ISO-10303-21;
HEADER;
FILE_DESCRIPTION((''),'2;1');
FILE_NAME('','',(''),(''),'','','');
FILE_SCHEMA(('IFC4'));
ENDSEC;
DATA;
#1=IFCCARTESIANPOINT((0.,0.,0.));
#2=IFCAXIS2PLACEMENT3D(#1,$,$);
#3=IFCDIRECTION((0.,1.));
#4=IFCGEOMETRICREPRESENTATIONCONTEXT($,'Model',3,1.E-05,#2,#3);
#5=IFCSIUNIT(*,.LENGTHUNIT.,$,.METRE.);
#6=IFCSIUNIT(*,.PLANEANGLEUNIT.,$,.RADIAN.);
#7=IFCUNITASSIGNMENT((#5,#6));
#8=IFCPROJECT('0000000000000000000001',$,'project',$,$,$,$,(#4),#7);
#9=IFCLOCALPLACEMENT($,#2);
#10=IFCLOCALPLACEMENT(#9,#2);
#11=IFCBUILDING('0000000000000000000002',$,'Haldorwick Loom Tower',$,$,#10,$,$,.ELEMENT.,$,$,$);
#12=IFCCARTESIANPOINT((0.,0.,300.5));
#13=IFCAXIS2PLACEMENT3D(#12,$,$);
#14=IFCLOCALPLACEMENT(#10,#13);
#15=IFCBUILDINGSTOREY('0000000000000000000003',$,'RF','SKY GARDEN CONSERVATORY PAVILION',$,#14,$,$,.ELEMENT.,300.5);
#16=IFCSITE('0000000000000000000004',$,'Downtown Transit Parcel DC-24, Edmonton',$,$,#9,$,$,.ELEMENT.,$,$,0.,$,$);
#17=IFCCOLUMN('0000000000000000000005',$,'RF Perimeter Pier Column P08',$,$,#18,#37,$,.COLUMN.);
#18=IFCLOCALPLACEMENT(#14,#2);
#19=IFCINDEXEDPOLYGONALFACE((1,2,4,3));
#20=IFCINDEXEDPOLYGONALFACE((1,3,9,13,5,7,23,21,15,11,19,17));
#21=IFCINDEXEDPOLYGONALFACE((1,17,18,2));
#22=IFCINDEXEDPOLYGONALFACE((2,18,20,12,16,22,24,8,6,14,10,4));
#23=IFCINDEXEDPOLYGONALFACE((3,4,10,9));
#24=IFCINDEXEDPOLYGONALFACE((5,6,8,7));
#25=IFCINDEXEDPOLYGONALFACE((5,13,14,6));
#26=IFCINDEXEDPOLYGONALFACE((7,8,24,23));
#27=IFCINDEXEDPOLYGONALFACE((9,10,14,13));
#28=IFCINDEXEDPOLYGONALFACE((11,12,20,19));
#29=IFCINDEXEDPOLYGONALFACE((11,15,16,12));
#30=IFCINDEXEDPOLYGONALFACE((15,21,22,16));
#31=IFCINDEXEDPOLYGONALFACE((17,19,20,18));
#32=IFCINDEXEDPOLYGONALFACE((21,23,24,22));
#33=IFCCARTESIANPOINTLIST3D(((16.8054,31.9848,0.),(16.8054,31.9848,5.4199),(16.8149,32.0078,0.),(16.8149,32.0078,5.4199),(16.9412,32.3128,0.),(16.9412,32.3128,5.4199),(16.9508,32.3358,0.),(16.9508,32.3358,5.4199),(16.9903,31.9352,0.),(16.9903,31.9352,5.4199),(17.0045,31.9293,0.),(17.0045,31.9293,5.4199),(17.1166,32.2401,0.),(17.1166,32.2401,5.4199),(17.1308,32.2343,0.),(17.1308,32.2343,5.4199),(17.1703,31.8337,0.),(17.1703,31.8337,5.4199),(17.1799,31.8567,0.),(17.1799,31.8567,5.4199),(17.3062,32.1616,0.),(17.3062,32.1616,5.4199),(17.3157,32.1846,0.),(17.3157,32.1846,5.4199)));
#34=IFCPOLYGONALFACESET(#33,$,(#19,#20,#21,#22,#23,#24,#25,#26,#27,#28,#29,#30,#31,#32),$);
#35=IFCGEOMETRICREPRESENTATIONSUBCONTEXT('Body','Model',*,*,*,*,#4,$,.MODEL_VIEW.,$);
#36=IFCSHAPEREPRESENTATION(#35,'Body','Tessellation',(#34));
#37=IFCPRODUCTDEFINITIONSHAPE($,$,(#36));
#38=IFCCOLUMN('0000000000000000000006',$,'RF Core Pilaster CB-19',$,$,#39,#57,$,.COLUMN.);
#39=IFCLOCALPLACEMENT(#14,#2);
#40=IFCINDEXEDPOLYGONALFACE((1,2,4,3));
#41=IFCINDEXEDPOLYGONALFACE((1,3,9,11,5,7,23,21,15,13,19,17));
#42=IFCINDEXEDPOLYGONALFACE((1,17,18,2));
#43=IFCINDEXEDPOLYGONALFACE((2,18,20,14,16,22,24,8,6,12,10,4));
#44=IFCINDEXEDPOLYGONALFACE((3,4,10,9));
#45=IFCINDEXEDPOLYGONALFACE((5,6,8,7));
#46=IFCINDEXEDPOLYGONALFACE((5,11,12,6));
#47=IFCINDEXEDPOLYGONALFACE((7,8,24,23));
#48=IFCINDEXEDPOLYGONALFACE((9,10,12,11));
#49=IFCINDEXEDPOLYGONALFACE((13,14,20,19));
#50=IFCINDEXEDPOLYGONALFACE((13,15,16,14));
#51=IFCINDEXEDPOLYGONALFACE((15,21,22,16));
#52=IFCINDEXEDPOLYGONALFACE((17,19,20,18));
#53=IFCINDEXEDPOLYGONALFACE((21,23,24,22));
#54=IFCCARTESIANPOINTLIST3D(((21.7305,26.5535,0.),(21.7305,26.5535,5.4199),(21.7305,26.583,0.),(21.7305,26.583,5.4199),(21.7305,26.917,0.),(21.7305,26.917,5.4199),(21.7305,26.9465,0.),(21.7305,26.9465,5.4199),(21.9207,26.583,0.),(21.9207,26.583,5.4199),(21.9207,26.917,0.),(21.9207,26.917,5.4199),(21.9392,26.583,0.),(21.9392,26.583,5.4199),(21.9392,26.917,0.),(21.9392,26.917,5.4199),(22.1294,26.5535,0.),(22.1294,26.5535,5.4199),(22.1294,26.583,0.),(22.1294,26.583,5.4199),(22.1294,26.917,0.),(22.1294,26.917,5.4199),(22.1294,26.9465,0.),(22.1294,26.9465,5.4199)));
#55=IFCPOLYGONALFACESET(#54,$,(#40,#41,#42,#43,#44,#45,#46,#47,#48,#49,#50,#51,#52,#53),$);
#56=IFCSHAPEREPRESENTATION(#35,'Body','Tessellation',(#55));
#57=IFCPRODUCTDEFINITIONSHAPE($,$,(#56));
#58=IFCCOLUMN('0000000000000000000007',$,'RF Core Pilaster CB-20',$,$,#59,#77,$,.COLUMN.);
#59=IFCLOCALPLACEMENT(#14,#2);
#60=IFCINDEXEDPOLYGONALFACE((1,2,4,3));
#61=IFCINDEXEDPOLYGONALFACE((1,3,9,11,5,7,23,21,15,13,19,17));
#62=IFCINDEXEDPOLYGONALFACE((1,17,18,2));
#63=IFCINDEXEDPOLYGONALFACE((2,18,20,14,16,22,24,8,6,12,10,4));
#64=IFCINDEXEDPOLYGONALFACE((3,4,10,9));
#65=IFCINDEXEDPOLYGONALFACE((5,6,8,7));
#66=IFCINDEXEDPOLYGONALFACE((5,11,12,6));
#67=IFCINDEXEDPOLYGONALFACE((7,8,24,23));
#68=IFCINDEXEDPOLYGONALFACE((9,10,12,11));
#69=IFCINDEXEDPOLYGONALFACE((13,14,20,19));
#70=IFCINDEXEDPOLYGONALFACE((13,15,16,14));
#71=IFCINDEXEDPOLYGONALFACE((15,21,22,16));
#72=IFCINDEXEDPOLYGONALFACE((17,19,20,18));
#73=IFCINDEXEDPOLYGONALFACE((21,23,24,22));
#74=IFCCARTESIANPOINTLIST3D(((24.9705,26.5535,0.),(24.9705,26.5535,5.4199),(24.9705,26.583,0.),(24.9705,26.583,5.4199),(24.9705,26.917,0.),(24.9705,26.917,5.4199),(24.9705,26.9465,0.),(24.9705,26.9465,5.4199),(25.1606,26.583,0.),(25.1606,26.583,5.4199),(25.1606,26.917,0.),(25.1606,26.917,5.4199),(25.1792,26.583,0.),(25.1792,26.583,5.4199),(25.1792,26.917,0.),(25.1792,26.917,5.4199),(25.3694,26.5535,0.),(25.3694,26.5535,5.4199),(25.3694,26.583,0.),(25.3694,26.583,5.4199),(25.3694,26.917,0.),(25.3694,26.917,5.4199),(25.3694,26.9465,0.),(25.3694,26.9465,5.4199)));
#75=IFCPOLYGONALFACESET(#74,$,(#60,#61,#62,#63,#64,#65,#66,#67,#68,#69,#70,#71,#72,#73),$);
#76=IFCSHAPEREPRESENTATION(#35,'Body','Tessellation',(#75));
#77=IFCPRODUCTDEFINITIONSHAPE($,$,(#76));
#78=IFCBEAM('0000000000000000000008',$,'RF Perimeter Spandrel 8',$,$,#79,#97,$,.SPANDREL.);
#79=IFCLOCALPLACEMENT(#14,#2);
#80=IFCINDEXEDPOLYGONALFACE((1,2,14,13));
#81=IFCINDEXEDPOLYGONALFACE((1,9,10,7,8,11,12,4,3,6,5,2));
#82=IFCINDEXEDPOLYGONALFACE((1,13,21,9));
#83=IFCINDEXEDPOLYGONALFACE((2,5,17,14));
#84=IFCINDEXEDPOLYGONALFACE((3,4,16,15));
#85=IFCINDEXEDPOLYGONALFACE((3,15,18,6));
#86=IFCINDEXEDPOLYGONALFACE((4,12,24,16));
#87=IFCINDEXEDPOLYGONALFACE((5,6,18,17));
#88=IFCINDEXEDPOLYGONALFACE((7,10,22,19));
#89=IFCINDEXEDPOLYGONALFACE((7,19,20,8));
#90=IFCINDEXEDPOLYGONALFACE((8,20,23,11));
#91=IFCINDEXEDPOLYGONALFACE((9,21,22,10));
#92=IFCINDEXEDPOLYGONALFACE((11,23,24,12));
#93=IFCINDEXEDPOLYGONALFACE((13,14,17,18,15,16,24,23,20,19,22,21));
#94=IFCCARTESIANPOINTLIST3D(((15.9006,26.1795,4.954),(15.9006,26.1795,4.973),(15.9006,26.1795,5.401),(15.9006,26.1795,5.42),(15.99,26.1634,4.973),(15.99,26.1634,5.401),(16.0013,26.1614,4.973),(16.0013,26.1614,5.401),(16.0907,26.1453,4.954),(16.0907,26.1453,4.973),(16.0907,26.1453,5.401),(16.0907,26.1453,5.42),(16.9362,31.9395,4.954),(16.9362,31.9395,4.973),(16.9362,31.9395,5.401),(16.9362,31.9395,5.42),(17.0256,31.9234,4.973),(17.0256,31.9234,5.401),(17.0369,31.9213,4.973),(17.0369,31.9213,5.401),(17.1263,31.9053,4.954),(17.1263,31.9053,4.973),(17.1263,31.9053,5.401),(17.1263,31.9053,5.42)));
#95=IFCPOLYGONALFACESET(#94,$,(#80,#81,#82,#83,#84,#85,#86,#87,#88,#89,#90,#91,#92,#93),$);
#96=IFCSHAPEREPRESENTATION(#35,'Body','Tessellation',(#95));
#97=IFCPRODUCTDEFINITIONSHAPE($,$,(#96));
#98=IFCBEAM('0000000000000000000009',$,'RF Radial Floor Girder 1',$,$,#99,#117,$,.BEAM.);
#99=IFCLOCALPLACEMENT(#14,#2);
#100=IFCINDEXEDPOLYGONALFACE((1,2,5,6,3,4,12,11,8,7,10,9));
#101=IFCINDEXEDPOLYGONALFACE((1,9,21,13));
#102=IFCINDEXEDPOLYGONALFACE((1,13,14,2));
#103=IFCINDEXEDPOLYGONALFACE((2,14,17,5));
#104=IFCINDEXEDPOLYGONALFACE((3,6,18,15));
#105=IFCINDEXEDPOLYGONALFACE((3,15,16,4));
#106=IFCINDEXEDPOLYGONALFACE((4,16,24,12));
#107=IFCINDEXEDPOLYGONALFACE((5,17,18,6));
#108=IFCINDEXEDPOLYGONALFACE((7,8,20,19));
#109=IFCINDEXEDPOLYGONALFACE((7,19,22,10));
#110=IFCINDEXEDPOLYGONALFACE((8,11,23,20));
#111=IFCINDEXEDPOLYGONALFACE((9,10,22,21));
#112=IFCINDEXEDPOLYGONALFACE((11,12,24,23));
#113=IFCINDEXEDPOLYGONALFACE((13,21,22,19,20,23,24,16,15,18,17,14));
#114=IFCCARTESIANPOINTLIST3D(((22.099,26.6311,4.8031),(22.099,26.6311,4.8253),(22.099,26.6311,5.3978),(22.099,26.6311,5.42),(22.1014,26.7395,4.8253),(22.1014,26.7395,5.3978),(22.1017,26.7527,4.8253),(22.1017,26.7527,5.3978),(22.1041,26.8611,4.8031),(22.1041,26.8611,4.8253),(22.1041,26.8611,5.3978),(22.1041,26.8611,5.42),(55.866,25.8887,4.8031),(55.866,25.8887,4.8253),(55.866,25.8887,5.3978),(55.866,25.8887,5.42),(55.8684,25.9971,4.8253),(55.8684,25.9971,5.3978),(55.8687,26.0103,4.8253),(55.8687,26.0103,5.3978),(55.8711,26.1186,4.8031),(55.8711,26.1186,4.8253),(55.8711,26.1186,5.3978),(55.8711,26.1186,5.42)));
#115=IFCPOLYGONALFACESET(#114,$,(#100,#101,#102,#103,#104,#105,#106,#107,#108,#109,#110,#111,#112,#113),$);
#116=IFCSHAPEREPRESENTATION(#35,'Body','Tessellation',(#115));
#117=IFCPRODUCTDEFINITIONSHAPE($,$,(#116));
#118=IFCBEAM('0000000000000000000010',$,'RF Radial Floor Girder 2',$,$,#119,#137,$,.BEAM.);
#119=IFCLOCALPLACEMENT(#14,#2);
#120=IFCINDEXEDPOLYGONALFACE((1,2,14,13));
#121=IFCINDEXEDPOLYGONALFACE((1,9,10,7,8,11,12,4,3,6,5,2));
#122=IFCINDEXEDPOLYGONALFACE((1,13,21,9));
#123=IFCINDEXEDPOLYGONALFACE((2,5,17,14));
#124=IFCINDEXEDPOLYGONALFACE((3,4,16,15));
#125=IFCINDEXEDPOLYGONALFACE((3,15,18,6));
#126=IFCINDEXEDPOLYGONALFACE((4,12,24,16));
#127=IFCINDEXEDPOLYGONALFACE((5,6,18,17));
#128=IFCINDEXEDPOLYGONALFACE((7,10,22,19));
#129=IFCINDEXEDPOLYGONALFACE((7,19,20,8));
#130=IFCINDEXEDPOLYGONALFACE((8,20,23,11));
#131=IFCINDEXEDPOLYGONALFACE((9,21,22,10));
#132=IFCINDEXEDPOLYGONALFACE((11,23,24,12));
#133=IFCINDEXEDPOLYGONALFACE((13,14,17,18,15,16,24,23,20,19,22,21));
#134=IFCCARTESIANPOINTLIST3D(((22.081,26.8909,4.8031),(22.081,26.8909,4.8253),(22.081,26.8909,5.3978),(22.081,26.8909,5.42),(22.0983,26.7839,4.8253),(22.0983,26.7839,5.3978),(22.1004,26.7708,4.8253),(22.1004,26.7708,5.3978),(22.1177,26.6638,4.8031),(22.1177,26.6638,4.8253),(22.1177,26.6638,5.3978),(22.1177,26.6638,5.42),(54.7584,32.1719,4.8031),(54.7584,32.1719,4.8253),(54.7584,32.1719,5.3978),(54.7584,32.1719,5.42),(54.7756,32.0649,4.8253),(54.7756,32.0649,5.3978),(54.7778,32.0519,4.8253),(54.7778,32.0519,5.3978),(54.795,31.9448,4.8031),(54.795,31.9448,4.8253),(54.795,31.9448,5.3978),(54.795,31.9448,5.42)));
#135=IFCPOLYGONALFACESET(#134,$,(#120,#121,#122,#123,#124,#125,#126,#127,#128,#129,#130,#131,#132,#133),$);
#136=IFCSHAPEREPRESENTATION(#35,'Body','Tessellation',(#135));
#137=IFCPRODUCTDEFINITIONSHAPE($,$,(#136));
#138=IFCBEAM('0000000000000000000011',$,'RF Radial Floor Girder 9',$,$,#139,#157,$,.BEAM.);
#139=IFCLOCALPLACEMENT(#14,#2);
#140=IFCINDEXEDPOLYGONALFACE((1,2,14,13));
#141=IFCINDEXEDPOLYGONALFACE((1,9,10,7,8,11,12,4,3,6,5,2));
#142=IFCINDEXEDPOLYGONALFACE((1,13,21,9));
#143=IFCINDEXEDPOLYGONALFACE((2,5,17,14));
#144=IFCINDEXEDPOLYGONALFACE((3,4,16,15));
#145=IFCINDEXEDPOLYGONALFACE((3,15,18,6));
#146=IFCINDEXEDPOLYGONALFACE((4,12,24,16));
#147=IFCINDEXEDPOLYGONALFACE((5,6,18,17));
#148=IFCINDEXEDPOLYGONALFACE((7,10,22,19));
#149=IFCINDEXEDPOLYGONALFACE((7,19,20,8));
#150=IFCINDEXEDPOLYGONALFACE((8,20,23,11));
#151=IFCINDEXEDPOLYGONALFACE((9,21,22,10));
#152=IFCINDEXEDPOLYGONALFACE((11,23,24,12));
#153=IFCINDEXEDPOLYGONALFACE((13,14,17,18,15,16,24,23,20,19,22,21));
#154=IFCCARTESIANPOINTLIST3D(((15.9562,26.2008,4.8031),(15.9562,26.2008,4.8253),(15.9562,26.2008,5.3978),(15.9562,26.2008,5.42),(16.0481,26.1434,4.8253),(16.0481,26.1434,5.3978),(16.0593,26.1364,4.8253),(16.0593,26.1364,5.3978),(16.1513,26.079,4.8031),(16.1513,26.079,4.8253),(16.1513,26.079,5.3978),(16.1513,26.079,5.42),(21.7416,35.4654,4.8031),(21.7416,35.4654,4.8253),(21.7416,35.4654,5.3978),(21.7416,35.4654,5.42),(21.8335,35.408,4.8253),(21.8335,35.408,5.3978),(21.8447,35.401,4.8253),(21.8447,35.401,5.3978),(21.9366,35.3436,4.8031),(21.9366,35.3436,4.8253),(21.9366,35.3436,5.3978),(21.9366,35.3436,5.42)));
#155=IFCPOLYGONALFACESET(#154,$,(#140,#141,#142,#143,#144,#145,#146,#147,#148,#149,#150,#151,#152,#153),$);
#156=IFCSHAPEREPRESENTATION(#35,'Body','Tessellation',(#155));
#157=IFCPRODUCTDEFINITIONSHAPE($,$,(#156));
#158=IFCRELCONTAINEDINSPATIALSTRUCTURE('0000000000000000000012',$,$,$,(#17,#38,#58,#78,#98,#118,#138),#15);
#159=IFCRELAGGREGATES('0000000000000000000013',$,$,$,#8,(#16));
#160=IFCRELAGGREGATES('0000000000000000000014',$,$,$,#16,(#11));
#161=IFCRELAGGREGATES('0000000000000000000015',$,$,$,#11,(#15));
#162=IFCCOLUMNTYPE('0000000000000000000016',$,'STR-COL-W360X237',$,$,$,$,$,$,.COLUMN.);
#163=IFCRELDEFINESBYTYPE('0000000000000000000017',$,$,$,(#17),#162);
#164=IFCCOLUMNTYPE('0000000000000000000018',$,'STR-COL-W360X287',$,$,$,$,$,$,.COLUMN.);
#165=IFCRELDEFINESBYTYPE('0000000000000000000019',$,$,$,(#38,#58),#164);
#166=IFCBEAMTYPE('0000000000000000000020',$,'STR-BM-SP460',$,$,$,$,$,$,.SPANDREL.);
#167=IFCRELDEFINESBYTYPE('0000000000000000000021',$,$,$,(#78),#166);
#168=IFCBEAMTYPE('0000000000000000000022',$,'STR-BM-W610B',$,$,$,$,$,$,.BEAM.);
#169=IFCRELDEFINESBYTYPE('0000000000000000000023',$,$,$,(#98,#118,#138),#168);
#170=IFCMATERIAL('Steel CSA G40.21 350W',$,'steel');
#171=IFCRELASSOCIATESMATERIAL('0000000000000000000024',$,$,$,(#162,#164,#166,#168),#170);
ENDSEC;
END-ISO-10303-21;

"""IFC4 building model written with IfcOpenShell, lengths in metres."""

from ifc_helpers import new_model, si_unit, direction, frame, origin, origin_2d, place, context, subcontext, project, spatial, i_section, extrude, material, material_profile, profile_set, type_object, element, save


model = new_model("IFC4")

# Units and contexts
model_context = context("Model", 3, precision=1e-05, world=origin(), true_north=direction((0.0, 1.0)))
body_context = subcontext(model_context, "Body", "Model", "MODEL_VIEW")
ifc_project = project(units=[si_unit("LENGTHUNIT", "METRE"), si_unit("PLANEANGLEUNIT", "RADIAN")], contexts=[model_context])

# Site, building, storey
site_placement = place(None, origin())
site = spatial("IfcSite", under=ifc_project, at=site_placement, Name="Downtown Transit Parcel DC-24, Edmonton", CompositionType="ELEMENT", RefElevation=0.0)
building_placement = place(site_placement, origin())
building = spatial("IfcBuilding", under=site, at=building_placement, Name="Haldorwick Loom Tower", CompositionType="ELEMENT")
storey_placement = place(building_placement, frame((0.0, 0.0, 300.5)))
storey = spatial("IfcBuildingStorey", under=building, at=storey_placement, Name="RF", Description="SKY GARDEN CONSERVATORY PAVILION", CompositionType="ELEMENT", Elevation=300.5)

# Columns
ifc_material_1 = material(Name="Steel CSA G40.21 350W", Category="steel")
ifc_material_profile_1 = material_profile(ifc_material_1, i_section(OverallWidth=0.395, OverallDepth=0.3799, WebThickness=0.0154, FlangeThickness=0.0249, at=origin_2d()), Name="W360X237", Category="steel")
ifc_profile_set_1 = profile_set([ifc_material_profile_1], Name="Steel CSA G40.21 350W")
column_type_1 = type_object("IfcColumnType", Name="STR-COL-W360X237", PredefinedType="COLUMN", material=ifc_profile_set_1)
column_placement = place(storey_placement, frame((17.0605, 32.0847, 0.0), z_axis=(0.0, 0.0, 1.0), x_axis=(-0.92388, 0.382683, 0.0)))
element("IfcColumn", 1, at=column_placement, inside=storey, type_object=column_type_1, Name="RF Perimeter Pier Column P08", PredefinedType="COLUMN", context=body_context, shape_type="SweptSolid", body=[
    extrude(i_section(OverallWidth=0.395, OverallDepth=0.3799, WebThickness=0.0154, FlangeThickness=0.0249, at=origin_2d()), origin(), (0.0, 0.0, 1.0), 5.4199),
])
ifc_material_profile_2 = material_profile(ifc_material_1, i_section(OverallWidth=0.3989, OverallDepth=0.3931, WebThickness=0.0186, FlangeThickness=0.0295, at=origin_2d()), Name="W360X287", Category="steel")
ifc_profile_set_2 = profile_set([ifc_material_profile_2], Name="Steel CSA G40.21 350W")
column_type_2 = type_object("IfcColumnType", Name="STR-COL-W360X287", PredefinedType="COLUMN", material=ifc_profile_set_2)
for number, where, z_axis, x_axis, name in (
    (2, (21.9299, 26.75, 0.0), (0.0, 0.0, 1.0), (1.0, 0.0, 0.0), "RF Core Pilaster CB-19"),
    (3, (25.1699, 26.75, 0.0), (0.0, 0.0, 1.0), (1.0, 0.0, 0.0), "RF Core Pilaster CB-20"),
):
    element("IfcColumn", number, at=place(storey_placement, frame(where, z_axis=z_axis, x_axis=x_axis)), inside=storey, type_object=column_type_2, Name=name, PredefinedType="COLUMN", context=body_context, shape_type="SweptSolid", body=[
        extrude(i_section(OverallWidth=0.3989, OverallDepth=0.3931, WebThickness=0.0186, FlangeThickness=0.0295, at=origin_2d()), origin(), (0.0, 0.0, 1.0), 5.4199),
    ])

# Beams
ifc_material_profile_3 = material_profile(ifc_material_1, i_section(OverallWidth=0.1931, OverallDepth=0.4661, WebThickness=0.0115, FlangeThickness=0.019, at=origin_2d()), Name="W460X97", Category="steel")
ifc_profile_set_3 = profile_set([ifc_material_profile_3], Name="Steel CSA G40.21 350W")
beam_type_1 = type_object("IfcBeamType", Name="STR-BM-SP460", PredefinedType="SPANDREL", material=ifc_profile_set_3)
beam_1_placement = place(storey_placement, frame((17.0312, 31.9224, 5.187), z_axis=(-0.176961, -0.984218, 0.0), x_axis=(0.984218, -0.176961, 0.0)))
element("IfcBeam", 4, at=beam_1_placement, inside=storey, type_object=beam_type_1, Name="RF Perimeter Spandrel 8", PredefinedType="SPANDREL", context=body_context, shape_type="SweptSolid", body=[
    extrude(i_section(OverallWidth=0.1931, OverallDepth=0.4661, WebThickness=0.0115, FlangeThickness=0.019, at=origin_2d()), origin(), (0.0, 0.0, 1.0), 5.8523),
])
ifc_material_profile_4 = material_profile(ifc_material_1, i_section(OverallWidth=0.23, OverallDepth=0.6169, WebThickness=0.0132, FlangeThickness=0.0222, at=origin_2d()), Name="W610X140", Category="steel")
ifc_profile_set_4 = profile_set([ifc_material_profile_4], Name="Steel CSA G40.21 350W")
beam_type_2 = type_object("IfcBeamType", Name="STR-BM-W610B", PredefinedType="BEAM", material=ifc_profile_set_4)
beam_2_placement = place(storey_placement, frame((22.1016, 26.7461, 5.1116), z_axis=(0.999758, -0.021982, 0.0), x_axis=(0.021982, 0.999758, 0.0)))
element("IfcBeam", 5, at=beam_2_placement, inside=storey, type_object=beam_type_2, Name="RF Radial Floor Girder 1", PredefinedType="BEAM", context=body_context, shape_type="SweptSolid", body=[
    extrude(i_section(OverallWidth=0.23, OverallDepth=0.6169, WebThickness=0.0132, FlangeThickness=0.0222, at=origin_2d()), origin(), (0.0, 0.0, 1.0), 33.7751),
])
beam_3_placement = place(storey_placement, frame((22.0994, 26.7773, 5.1116), z_axis=(0.987191, 0.159541, 0.0), x_axis=(-0.159541, 0.987191, 0.0)))
element("IfcBeam", 6, at=beam_3_placement, inside=storey, type_object=beam_type_2, Name="RF Radial Floor Girder 2", PredefinedType="BEAM", context=body_context, shape_type="SweptSolid", body=[
    extrude(i_section(OverallWidth=0.23, OverallDepth=0.6169, WebThickness=0.0132, FlangeThickness=0.0222, at=origin_2d()), origin(), (0.0, 0.0, 1.0), 33.1013),
])
beam_4_placement = place(storey_placement, frame((21.8391, 35.4045, 5.1116), z_axis=(-0.529669, -0.848204, 0.0), x_axis=(0.848204, -0.529669, 0.0)))
element("IfcBeam", 7, at=beam_4_placement, inside=storey, type_object=beam_type_2, Name="RF Radial Floor Girder 9", PredefinedType="BEAM", context=body_context, shape_type="SweptSolid", body=[
    extrude(i_section(OverallWidth=0.23, OverallDepth=0.6169, WebThickness=0.0132, FlangeThickness=0.0222, at=origin_2d()), origin(), (0.0, 0.0, 1.0), 10.9226),
])

save(model, "model.ifc")
